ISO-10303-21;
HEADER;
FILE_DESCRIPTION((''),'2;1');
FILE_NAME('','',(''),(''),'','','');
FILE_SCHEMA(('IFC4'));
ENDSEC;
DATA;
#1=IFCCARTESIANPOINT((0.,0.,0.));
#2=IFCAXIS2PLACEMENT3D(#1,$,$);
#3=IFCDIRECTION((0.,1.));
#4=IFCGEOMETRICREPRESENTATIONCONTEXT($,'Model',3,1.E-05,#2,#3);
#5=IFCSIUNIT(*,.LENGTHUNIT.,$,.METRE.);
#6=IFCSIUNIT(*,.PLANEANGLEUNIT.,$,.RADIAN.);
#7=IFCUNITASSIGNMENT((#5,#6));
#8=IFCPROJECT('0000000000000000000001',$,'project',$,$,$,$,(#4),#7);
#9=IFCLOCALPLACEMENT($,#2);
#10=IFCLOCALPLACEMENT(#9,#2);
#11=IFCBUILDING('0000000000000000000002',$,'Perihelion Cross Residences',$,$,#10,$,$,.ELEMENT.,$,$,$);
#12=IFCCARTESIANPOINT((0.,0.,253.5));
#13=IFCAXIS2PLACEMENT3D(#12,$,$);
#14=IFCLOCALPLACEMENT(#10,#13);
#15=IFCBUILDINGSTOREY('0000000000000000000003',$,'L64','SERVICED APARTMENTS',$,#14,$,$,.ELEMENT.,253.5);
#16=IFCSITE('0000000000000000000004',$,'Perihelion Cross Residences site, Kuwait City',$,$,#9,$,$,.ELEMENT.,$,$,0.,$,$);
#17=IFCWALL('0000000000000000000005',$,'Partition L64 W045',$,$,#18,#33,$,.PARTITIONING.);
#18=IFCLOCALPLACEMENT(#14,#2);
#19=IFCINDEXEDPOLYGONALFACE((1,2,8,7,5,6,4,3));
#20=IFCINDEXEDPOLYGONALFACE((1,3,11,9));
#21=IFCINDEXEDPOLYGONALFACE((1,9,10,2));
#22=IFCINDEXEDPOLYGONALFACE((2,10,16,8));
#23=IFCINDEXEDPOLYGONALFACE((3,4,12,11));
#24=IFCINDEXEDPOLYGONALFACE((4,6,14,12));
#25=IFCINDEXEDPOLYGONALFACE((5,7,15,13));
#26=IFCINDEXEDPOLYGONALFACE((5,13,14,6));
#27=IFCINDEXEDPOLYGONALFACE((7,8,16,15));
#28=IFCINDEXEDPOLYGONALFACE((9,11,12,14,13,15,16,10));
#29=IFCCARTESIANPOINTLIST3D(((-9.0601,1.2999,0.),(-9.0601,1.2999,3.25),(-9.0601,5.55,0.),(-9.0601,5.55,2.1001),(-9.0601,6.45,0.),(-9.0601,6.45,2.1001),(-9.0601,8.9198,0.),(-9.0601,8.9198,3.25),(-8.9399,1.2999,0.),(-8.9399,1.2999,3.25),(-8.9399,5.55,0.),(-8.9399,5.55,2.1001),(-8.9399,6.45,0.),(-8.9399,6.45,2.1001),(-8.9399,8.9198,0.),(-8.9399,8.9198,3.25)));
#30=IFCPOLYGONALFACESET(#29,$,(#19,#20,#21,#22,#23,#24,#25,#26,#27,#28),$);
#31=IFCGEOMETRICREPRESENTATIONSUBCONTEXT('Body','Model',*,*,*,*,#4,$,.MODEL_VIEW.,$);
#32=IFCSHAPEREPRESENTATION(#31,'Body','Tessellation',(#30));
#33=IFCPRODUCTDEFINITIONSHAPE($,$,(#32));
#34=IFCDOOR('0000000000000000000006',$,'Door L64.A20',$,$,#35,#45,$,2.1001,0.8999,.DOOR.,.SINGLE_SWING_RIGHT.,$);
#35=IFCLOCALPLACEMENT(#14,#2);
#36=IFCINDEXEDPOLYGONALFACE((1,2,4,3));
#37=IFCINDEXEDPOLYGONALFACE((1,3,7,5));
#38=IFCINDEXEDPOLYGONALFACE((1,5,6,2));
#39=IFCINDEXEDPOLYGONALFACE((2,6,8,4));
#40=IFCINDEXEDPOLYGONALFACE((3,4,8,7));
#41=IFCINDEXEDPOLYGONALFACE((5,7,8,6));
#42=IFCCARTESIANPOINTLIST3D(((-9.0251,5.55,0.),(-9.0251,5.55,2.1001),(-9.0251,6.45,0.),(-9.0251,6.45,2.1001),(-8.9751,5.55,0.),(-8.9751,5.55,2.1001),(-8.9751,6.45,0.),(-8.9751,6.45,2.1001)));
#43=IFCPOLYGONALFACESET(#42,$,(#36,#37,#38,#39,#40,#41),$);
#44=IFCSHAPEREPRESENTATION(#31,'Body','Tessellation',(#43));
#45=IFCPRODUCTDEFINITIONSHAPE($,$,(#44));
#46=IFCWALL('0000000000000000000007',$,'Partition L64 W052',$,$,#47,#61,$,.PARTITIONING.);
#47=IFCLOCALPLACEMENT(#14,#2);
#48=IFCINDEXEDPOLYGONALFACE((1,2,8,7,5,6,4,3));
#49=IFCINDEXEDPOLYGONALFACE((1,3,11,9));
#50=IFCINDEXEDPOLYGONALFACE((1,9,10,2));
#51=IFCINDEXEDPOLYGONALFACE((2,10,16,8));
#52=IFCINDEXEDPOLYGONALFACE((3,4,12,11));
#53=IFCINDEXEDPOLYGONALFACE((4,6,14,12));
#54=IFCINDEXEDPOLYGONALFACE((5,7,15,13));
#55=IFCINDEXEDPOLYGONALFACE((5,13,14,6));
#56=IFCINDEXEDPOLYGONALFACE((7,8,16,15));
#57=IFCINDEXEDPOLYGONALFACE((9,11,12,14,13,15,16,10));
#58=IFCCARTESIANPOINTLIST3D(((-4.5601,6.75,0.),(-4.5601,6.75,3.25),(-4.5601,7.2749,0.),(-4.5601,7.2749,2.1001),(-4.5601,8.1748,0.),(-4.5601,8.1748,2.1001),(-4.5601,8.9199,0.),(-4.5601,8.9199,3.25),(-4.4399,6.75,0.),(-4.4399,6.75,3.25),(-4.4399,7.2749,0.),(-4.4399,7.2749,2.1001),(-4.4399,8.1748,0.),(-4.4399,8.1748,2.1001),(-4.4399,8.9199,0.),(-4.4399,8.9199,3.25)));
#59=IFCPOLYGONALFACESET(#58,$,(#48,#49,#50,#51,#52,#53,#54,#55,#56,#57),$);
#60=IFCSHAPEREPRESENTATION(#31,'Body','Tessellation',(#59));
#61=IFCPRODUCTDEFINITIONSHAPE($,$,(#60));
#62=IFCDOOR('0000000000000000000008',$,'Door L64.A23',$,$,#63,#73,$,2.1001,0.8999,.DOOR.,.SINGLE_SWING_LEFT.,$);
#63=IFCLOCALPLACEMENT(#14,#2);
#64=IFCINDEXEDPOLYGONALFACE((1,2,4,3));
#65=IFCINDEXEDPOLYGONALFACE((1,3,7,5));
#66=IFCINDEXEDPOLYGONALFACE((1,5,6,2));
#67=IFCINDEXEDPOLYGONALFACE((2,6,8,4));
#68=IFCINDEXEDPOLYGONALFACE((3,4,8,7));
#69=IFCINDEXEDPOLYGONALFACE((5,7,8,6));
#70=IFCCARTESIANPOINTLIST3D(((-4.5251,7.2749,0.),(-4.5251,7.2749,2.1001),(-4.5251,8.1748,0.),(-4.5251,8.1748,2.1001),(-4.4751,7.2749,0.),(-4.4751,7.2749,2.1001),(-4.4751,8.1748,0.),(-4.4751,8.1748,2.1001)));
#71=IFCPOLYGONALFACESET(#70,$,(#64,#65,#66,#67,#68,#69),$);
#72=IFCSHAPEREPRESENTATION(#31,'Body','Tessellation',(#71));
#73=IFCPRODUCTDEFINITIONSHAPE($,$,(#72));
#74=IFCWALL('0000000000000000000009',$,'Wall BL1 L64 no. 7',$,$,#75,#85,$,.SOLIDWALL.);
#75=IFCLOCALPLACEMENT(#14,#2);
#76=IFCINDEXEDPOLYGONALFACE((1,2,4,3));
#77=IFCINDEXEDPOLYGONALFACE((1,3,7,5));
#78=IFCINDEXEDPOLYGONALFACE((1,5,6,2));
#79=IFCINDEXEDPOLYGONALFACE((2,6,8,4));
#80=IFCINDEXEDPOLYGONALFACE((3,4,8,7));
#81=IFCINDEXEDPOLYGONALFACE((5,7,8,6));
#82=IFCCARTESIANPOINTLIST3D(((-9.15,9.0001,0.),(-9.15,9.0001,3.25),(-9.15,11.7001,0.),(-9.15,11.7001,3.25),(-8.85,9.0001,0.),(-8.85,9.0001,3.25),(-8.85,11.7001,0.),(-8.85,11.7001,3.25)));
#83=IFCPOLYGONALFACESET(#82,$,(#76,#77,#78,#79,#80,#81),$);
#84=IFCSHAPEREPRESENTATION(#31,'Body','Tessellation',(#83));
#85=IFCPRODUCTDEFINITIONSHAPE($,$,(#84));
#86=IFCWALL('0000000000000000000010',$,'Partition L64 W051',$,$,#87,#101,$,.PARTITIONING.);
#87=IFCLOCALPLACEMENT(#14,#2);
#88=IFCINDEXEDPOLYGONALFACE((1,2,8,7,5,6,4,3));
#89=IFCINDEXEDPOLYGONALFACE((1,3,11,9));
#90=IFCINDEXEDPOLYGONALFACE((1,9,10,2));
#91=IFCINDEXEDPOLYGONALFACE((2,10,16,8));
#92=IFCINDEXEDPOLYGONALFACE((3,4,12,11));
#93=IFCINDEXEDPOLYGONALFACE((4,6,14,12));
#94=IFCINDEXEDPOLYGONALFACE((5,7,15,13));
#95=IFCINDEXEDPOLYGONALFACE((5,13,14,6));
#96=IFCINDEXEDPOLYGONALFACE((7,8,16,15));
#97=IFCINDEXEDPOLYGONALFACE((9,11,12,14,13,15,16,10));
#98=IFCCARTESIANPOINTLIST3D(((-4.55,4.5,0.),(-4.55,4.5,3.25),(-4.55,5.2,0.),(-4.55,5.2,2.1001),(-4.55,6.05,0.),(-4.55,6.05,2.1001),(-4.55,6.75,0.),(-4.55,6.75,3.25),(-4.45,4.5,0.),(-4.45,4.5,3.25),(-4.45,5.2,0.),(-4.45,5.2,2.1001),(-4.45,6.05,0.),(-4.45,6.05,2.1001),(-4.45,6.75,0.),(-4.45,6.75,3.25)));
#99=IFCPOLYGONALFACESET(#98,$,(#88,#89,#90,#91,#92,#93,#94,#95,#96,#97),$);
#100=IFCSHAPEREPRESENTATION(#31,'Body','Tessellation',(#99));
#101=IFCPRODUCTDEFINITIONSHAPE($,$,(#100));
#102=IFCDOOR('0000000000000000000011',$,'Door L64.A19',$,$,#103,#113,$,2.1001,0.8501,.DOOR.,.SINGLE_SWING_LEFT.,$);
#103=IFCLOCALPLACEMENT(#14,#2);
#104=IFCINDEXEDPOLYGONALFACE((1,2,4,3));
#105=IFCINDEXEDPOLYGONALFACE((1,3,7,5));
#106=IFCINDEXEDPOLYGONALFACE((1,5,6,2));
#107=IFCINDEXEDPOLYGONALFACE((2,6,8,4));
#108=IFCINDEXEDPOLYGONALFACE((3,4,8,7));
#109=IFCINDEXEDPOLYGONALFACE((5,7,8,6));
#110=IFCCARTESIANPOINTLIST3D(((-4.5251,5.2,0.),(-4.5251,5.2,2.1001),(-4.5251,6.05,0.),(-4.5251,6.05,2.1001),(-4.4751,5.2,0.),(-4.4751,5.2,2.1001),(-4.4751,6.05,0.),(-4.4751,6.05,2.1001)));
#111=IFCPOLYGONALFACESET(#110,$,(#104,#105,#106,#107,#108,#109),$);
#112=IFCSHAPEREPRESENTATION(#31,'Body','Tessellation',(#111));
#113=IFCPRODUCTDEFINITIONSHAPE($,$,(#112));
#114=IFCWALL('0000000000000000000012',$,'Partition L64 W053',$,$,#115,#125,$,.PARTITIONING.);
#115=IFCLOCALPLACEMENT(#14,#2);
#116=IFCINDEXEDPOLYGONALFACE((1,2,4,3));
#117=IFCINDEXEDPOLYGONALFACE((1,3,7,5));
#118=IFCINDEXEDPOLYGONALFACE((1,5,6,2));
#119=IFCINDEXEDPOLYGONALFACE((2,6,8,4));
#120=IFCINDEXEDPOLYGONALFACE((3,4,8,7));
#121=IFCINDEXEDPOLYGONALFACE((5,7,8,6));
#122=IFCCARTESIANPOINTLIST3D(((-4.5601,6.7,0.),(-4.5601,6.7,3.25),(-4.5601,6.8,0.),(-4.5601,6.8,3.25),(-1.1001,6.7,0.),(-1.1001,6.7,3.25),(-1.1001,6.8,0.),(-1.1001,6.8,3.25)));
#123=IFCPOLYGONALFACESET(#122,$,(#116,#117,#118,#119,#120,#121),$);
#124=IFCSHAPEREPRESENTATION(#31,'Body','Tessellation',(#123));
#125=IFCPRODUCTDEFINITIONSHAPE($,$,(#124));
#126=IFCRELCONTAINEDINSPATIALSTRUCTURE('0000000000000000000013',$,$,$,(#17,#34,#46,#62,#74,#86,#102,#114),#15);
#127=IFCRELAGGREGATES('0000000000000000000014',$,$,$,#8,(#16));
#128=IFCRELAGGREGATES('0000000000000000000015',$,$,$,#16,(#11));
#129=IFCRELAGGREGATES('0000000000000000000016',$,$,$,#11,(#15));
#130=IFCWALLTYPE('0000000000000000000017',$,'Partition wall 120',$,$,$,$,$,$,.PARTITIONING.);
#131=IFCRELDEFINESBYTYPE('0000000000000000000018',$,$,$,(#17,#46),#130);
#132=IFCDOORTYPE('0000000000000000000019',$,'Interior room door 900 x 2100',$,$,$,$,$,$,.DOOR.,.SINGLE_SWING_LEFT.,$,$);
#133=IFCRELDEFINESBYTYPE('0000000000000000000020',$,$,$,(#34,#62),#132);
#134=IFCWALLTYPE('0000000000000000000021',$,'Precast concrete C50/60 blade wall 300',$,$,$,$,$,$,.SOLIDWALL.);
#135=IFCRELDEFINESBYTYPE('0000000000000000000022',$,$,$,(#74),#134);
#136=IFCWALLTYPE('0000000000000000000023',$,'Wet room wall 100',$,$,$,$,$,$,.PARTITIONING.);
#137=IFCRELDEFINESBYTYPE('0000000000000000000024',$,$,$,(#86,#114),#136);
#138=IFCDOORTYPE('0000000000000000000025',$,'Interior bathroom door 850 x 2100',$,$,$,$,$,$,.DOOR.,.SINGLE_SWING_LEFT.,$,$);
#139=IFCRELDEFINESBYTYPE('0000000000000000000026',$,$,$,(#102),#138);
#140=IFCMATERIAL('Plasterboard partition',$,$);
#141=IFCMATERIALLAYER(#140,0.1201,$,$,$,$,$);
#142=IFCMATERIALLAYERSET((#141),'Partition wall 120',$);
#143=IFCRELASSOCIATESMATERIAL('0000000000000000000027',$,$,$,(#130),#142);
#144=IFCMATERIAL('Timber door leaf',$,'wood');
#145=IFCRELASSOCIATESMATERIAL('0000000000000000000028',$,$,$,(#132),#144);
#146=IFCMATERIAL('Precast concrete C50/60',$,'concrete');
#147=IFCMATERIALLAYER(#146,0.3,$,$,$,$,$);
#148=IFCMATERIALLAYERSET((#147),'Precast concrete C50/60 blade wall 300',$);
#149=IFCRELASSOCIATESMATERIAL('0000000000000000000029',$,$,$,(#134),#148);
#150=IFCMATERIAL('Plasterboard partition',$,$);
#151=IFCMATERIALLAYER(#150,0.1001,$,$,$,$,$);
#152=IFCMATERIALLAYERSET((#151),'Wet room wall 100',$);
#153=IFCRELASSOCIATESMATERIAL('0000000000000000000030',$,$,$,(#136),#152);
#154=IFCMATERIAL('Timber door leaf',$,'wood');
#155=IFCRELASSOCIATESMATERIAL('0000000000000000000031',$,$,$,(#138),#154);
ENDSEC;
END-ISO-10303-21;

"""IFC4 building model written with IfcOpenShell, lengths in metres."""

from ifc_helpers import new_model, si_unit, direction, frame, frame_2d, origin, place, context, subcontext, project, spatial, rectangle, extrude, material, layer, layer_set, type_object, element, fill, save


model = new_model("IFC4")

# Units and contexts
model_context = context("Model", 3, precision=1e-05, world=origin(), true_north=direction((0.0, 1.0)))
body_context = subcontext(model_context, "Body", "Model", "MODEL_VIEW")
ifc_project = project(units=[si_unit("LENGTHUNIT", "METRE"), si_unit("PLANEANGLEUNIT", "RADIAN")], contexts=[model_context])

# Site, building, storey
site_placement = place(None, origin())
site = spatial("IfcSite", under=ifc_project, at=site_placement, Name="Perihelion Cross Residences site, Kuwait City", CompositionType="ELEMENT", RefElevation=0.0)
building_placement = place(site_placement, origin())
building = spatial("IfcBuilding", under=site, at=building_placement, Name="Perihelion Cross Residences", CompositionType="ELEMENT")
storey_placement = place(building_placement, frame((0.0, 0.0, 253.5)))
storey = spatial("IfcBuildingStorey", under=building, at=storey_placement, Name="L64", Description="SERVICED APARTMENTS", CompositionType="ELEMENT", Elevation=253.5)

# Shared definitions
ifc_material_1 = material(Name="Plasterboard partition")
ifc_layer_1 = layer(ifc_material_1, 0.1201)
ifc_layer_set_1 = layer_set([ifc_layer_1], Name="Partition wall 120")
wall_type_1 = type_object("IfcWallType", Name="Partition wall 120", PredefinedType="PARTITIONING", material=ifc_layer_set_1)

# Walls, openings, doors
wall_1_placement = place(storey_placement, frame((-9.0, 8.9199, 0.0), z_axis=(0.0, 0.0, 1.0), x_axis=(0.0, -1.0, 0.0)))
wall_1 = element("IfcWall", 1, at=wall_1_placement, inside=storey, type_object=wall_type_1, Name="Partition L64 W045", PredefinedType="PARTITIONING", context=body_context, shape_type="SweptSolid", body=[
    extrude(rectangle(XDim=7.6199, YDim=0.1201, at=frame_2d((3.8101, 0.0))), origin(), (0.0, 0.0, 1.0), 3.25),
])
opening_1_placement = place(wall_1_placement, frame((2.47, 0.0, 0.0)))
opening_1 = element("IfcOpeningElement", 2, at=opening_1_placement, cuts=wall_1, PredefinedType="OPENING", context=body_context, shape_type="SweptSolid", body=[
    extrude(rectangle(XDim=0.8999, YDim=2.1001, at=frame_2d((0.45, 1.05))), frame((0.0, 0.0701, 0.0), z_axis=(0.0, -1.0, 0.0), x_axis=(1.0, 0.0, 0.0)), (0.0, 0.0, 1.0), 0.1401),
])
ifc_material_2 = material(Name="Timber door leaf", Category="wood")
door_type_1 = type_object("IfcDoorType", Name="Interior room door 900 x 2100", OperationType="SINGLE_SWING_LEFT", PredefinedType="DOOR", material=ifc_material_2)
door_1_placement = place(opening_1_placement, origin())
door_1 = element("IfcDoor", 3, at=door_1_placement, inside=storey, type_object=door_type_1, Name="Door L64.A20", OperationType="SINGLE_SWING_RIGHT", OverallHeight=2.1001, OverallWidth=0.8999, PredefinedType="DOOR", context=body_context, shape_type="SweptSolid", body=[
    extrude(rectangle(XDim=0.8999, YDim=2.1001, at=frame_2d((0.45, 1.05))), frame((0.0, 0.0249, 0.0), z_axis=(0.0, -1.0, 0.0), x_axis=(1.0, 0.0, 0.0)), (0.0, 0.0, 1.0), 0.05),
])
fill(opening_1, door_1)
wall_2_placement = place(storey_placement, frame((-4.5, 8.9199, 0.0), z_axis=(0.0, 0.0, 1.0), x_axis=(0.0, -1.0, 0.0)))
wall_2 = element("IfcWall", 4, at=wall_2_placement, inside=storey, type_object=wall_type_1, Name="Partition L64 W052", PredefinedType="PARTITIONING", context=body_context, shape_type="SweptSolid", body=[
    extrude(rectangle(XDim=2.1699, YDim=0.1201, at=frame_2d((1.085, 0.0))), origin(), (0.0, 0.0, 1.0), 3.25),
])
opening_2_placement = place(wall_2_placement, frame((0.7451, 0.0, 0.0)))
opening_2 = element("IfcOpeningElement", 5, at=opening_2_placement, cuts=wall_2, PredefinedType="OPENING", context=body_context, shape_type="SweptSolid", body=[
    extrude(rectangle(XDim=0.8999, YDim=2.1001, at=frame_2d((0.45, 1.05))), frame((0.0, 0.0701, 0.0), z_axis=(0.0, -1.0, 0.0), x_axis=(1.0, 0.0, 0.0)), (0.0, 0.0, 1.0), 0.1401),
])
door_2_placement = place(opening_2_placement, origin())
door_2 = element("IfcDoor", 6, at=door_2_placement, inside=storey, type_object=door_type_1, Name="Door L64.A23", OperationType="SINGLE_SWING_LEFT", OverallHeight=2.1001, OverallWidth=0.8999, PredefinedType="DOOR", context=body_context, shape_type="SweptSolid", body=[
    extrude(rectangle(XDim=0.8999, YDim=2.1001, at=frame_2d((0.45, 1.05))), frame((0.0, 0.0249, 0.0), z_axis=(0.0, -1.0, 0.0), x_axis=(1.0, 0.0, 0.0)), (0.0, 0.0, 1.0), 0.05),
])
fill(opening_2, door_2)

# Wall
ifc_material_3 = material(Name="Precast concrete C50/60", Category="concrete")
ifc_layer_2 = layer(ifc_material_3, 0.3)
ifc_layer_set_2 = layer_set([ifc_layer_2], Name="Precast concrete C50/60 blade wall 300")
wall_type_2 = type_object("IfcWallType", Name="Precast concrete C50/60 blade wall 300", PredefinedType="SOLIDWALL", material=ifc_layer_set_2)
wall_3_placement = place(storey_placement, frame((-9.0, 9.0, 0.0), z_axis=(0.0, 0.0, 1.0), x_axis=(0.0, 1.0, 0.0)))
element("IfcWall", 7, at=wall_3_placement, inside=storey, type_object=wall_type_2, Name="Wall BL1 L64 no. 7", PredefinedType="SOLIDWALL", context=body_context, shape_type="SweptSolid", body=[
    extrude(rectangle(XDim=2.7, YDim=0.3, at=frame_2d((1.3501, 0.0))), origin(), (0.0, 0.0, 1.0), 3.25),
])

# Wall, opening, door
ifc_material_4 = material(Name="Plasterboard partition")
ifc_layer_3 = layer(ifc_material_4, 0.1001)
ifc_layer_set_3 = layer_set([ifc_layer_3], Name="Wet room wall 100")
wall_type_3 = type_object("IfcWallType", Name="Wet room wall 100", PredefinedType="PARTITIONING", material=ifc_layer_set_3)
wall_4_placement = place(storey_placement, frame((-4.5, 6.75, 0.0), z_axis=(0.0, 0.0, 1.0), x_axis=(0.0, -1.0, 0.0)))
wall_4 = element("IfcWall", 8, at=wall_4_placement, inside=storey, type_object=wall_type_3, Name="Partition L64 W051", PredefinedType="PARTITIONING", context=body_context, shape_type="SweptSolid", body=[
    extrude(rectangle(XDim=2.25, YDim=0.1001, at=frame_2d((1.125, 0.0))), origin(), (0.0, 0.0, 1.0), 3.25),
])
opening_3_placement = place(wall_4_placement, frame((0.7, 0.0, 0.0)))
opening_3 = element("IfcOpeningElement", 9, at=opening_3_placement, cuts=wall_4, PredefinedType="OPENING", context=body_context, shape_type="SweptSolid", body=[
    extrude(rectangle(XDim=0.8501, YDim=2.1001, at=frame_2d((0.425, 1.05))), frame((0.0, 0.0601, 0.0), z_axis=(0.0, -1.0, 0.0), x_axis=(1.0, 0.0, 0.0)), (0.0, 0.0, 1.0), 0.1201),
])
ifc_material_5 = material(Name="Timber door leaf", Category="wood")
door_type_2 = type_object("IfcDoorType", Name="Interior bathroom door 850 x 2100", OperationType="SINGLE_SWING_LEFT", PredefinedType="DOOR", material=ifc_material_5)
door_3_placement = place(opening_3_placement, origin())
door_3 = element("IfcDoor", 10, at=door_3_placement, inside=storey, type_object=door_type_2, Name="Door L64.A19", OperationType="SINGLE_SWING_LEFT", OverallHeight=2.1001, OverallWidth=0.8501, PredefinedType="DOOR", context=body_context, shape_type="SweptSolid", body=[
    extrude(rectangle(XDim=0.8501, YDim=2.1001, at=frame_2d((0.425, 1.05))), frame((0.0, 0.0249, 0.0), z_axis=(0.0, -1.0, 0.0), x_axis=(1.0, 0.0, 0.0)), (0.0, 0.0, 1.0), 0.05),
])
fill(opening_3, door_3)

# Wall
wall_5_placement = place(storey_placement, frame((-4.5601, 6.75, 0.0), z_axis=(0.0, 0.0, 1.0), x_axis=(1.0, 0.0, 0.0)))
element("IfcWall", 11, at=wall_5_placement, inside=storey, type_object=wall_type_3, Name="Partition L64 W053", PredefinedType="PARTITIONING", context=body_context, shape_type="SweptSolid", body=[
    extrude(rectangle(XDim=3.46, YDim=0.1001, at=frame_2d((1.73, 0.0))), origin(), (0.0, 0.0, 1.0), 3.25),
])

save(model, "model.ifc")
